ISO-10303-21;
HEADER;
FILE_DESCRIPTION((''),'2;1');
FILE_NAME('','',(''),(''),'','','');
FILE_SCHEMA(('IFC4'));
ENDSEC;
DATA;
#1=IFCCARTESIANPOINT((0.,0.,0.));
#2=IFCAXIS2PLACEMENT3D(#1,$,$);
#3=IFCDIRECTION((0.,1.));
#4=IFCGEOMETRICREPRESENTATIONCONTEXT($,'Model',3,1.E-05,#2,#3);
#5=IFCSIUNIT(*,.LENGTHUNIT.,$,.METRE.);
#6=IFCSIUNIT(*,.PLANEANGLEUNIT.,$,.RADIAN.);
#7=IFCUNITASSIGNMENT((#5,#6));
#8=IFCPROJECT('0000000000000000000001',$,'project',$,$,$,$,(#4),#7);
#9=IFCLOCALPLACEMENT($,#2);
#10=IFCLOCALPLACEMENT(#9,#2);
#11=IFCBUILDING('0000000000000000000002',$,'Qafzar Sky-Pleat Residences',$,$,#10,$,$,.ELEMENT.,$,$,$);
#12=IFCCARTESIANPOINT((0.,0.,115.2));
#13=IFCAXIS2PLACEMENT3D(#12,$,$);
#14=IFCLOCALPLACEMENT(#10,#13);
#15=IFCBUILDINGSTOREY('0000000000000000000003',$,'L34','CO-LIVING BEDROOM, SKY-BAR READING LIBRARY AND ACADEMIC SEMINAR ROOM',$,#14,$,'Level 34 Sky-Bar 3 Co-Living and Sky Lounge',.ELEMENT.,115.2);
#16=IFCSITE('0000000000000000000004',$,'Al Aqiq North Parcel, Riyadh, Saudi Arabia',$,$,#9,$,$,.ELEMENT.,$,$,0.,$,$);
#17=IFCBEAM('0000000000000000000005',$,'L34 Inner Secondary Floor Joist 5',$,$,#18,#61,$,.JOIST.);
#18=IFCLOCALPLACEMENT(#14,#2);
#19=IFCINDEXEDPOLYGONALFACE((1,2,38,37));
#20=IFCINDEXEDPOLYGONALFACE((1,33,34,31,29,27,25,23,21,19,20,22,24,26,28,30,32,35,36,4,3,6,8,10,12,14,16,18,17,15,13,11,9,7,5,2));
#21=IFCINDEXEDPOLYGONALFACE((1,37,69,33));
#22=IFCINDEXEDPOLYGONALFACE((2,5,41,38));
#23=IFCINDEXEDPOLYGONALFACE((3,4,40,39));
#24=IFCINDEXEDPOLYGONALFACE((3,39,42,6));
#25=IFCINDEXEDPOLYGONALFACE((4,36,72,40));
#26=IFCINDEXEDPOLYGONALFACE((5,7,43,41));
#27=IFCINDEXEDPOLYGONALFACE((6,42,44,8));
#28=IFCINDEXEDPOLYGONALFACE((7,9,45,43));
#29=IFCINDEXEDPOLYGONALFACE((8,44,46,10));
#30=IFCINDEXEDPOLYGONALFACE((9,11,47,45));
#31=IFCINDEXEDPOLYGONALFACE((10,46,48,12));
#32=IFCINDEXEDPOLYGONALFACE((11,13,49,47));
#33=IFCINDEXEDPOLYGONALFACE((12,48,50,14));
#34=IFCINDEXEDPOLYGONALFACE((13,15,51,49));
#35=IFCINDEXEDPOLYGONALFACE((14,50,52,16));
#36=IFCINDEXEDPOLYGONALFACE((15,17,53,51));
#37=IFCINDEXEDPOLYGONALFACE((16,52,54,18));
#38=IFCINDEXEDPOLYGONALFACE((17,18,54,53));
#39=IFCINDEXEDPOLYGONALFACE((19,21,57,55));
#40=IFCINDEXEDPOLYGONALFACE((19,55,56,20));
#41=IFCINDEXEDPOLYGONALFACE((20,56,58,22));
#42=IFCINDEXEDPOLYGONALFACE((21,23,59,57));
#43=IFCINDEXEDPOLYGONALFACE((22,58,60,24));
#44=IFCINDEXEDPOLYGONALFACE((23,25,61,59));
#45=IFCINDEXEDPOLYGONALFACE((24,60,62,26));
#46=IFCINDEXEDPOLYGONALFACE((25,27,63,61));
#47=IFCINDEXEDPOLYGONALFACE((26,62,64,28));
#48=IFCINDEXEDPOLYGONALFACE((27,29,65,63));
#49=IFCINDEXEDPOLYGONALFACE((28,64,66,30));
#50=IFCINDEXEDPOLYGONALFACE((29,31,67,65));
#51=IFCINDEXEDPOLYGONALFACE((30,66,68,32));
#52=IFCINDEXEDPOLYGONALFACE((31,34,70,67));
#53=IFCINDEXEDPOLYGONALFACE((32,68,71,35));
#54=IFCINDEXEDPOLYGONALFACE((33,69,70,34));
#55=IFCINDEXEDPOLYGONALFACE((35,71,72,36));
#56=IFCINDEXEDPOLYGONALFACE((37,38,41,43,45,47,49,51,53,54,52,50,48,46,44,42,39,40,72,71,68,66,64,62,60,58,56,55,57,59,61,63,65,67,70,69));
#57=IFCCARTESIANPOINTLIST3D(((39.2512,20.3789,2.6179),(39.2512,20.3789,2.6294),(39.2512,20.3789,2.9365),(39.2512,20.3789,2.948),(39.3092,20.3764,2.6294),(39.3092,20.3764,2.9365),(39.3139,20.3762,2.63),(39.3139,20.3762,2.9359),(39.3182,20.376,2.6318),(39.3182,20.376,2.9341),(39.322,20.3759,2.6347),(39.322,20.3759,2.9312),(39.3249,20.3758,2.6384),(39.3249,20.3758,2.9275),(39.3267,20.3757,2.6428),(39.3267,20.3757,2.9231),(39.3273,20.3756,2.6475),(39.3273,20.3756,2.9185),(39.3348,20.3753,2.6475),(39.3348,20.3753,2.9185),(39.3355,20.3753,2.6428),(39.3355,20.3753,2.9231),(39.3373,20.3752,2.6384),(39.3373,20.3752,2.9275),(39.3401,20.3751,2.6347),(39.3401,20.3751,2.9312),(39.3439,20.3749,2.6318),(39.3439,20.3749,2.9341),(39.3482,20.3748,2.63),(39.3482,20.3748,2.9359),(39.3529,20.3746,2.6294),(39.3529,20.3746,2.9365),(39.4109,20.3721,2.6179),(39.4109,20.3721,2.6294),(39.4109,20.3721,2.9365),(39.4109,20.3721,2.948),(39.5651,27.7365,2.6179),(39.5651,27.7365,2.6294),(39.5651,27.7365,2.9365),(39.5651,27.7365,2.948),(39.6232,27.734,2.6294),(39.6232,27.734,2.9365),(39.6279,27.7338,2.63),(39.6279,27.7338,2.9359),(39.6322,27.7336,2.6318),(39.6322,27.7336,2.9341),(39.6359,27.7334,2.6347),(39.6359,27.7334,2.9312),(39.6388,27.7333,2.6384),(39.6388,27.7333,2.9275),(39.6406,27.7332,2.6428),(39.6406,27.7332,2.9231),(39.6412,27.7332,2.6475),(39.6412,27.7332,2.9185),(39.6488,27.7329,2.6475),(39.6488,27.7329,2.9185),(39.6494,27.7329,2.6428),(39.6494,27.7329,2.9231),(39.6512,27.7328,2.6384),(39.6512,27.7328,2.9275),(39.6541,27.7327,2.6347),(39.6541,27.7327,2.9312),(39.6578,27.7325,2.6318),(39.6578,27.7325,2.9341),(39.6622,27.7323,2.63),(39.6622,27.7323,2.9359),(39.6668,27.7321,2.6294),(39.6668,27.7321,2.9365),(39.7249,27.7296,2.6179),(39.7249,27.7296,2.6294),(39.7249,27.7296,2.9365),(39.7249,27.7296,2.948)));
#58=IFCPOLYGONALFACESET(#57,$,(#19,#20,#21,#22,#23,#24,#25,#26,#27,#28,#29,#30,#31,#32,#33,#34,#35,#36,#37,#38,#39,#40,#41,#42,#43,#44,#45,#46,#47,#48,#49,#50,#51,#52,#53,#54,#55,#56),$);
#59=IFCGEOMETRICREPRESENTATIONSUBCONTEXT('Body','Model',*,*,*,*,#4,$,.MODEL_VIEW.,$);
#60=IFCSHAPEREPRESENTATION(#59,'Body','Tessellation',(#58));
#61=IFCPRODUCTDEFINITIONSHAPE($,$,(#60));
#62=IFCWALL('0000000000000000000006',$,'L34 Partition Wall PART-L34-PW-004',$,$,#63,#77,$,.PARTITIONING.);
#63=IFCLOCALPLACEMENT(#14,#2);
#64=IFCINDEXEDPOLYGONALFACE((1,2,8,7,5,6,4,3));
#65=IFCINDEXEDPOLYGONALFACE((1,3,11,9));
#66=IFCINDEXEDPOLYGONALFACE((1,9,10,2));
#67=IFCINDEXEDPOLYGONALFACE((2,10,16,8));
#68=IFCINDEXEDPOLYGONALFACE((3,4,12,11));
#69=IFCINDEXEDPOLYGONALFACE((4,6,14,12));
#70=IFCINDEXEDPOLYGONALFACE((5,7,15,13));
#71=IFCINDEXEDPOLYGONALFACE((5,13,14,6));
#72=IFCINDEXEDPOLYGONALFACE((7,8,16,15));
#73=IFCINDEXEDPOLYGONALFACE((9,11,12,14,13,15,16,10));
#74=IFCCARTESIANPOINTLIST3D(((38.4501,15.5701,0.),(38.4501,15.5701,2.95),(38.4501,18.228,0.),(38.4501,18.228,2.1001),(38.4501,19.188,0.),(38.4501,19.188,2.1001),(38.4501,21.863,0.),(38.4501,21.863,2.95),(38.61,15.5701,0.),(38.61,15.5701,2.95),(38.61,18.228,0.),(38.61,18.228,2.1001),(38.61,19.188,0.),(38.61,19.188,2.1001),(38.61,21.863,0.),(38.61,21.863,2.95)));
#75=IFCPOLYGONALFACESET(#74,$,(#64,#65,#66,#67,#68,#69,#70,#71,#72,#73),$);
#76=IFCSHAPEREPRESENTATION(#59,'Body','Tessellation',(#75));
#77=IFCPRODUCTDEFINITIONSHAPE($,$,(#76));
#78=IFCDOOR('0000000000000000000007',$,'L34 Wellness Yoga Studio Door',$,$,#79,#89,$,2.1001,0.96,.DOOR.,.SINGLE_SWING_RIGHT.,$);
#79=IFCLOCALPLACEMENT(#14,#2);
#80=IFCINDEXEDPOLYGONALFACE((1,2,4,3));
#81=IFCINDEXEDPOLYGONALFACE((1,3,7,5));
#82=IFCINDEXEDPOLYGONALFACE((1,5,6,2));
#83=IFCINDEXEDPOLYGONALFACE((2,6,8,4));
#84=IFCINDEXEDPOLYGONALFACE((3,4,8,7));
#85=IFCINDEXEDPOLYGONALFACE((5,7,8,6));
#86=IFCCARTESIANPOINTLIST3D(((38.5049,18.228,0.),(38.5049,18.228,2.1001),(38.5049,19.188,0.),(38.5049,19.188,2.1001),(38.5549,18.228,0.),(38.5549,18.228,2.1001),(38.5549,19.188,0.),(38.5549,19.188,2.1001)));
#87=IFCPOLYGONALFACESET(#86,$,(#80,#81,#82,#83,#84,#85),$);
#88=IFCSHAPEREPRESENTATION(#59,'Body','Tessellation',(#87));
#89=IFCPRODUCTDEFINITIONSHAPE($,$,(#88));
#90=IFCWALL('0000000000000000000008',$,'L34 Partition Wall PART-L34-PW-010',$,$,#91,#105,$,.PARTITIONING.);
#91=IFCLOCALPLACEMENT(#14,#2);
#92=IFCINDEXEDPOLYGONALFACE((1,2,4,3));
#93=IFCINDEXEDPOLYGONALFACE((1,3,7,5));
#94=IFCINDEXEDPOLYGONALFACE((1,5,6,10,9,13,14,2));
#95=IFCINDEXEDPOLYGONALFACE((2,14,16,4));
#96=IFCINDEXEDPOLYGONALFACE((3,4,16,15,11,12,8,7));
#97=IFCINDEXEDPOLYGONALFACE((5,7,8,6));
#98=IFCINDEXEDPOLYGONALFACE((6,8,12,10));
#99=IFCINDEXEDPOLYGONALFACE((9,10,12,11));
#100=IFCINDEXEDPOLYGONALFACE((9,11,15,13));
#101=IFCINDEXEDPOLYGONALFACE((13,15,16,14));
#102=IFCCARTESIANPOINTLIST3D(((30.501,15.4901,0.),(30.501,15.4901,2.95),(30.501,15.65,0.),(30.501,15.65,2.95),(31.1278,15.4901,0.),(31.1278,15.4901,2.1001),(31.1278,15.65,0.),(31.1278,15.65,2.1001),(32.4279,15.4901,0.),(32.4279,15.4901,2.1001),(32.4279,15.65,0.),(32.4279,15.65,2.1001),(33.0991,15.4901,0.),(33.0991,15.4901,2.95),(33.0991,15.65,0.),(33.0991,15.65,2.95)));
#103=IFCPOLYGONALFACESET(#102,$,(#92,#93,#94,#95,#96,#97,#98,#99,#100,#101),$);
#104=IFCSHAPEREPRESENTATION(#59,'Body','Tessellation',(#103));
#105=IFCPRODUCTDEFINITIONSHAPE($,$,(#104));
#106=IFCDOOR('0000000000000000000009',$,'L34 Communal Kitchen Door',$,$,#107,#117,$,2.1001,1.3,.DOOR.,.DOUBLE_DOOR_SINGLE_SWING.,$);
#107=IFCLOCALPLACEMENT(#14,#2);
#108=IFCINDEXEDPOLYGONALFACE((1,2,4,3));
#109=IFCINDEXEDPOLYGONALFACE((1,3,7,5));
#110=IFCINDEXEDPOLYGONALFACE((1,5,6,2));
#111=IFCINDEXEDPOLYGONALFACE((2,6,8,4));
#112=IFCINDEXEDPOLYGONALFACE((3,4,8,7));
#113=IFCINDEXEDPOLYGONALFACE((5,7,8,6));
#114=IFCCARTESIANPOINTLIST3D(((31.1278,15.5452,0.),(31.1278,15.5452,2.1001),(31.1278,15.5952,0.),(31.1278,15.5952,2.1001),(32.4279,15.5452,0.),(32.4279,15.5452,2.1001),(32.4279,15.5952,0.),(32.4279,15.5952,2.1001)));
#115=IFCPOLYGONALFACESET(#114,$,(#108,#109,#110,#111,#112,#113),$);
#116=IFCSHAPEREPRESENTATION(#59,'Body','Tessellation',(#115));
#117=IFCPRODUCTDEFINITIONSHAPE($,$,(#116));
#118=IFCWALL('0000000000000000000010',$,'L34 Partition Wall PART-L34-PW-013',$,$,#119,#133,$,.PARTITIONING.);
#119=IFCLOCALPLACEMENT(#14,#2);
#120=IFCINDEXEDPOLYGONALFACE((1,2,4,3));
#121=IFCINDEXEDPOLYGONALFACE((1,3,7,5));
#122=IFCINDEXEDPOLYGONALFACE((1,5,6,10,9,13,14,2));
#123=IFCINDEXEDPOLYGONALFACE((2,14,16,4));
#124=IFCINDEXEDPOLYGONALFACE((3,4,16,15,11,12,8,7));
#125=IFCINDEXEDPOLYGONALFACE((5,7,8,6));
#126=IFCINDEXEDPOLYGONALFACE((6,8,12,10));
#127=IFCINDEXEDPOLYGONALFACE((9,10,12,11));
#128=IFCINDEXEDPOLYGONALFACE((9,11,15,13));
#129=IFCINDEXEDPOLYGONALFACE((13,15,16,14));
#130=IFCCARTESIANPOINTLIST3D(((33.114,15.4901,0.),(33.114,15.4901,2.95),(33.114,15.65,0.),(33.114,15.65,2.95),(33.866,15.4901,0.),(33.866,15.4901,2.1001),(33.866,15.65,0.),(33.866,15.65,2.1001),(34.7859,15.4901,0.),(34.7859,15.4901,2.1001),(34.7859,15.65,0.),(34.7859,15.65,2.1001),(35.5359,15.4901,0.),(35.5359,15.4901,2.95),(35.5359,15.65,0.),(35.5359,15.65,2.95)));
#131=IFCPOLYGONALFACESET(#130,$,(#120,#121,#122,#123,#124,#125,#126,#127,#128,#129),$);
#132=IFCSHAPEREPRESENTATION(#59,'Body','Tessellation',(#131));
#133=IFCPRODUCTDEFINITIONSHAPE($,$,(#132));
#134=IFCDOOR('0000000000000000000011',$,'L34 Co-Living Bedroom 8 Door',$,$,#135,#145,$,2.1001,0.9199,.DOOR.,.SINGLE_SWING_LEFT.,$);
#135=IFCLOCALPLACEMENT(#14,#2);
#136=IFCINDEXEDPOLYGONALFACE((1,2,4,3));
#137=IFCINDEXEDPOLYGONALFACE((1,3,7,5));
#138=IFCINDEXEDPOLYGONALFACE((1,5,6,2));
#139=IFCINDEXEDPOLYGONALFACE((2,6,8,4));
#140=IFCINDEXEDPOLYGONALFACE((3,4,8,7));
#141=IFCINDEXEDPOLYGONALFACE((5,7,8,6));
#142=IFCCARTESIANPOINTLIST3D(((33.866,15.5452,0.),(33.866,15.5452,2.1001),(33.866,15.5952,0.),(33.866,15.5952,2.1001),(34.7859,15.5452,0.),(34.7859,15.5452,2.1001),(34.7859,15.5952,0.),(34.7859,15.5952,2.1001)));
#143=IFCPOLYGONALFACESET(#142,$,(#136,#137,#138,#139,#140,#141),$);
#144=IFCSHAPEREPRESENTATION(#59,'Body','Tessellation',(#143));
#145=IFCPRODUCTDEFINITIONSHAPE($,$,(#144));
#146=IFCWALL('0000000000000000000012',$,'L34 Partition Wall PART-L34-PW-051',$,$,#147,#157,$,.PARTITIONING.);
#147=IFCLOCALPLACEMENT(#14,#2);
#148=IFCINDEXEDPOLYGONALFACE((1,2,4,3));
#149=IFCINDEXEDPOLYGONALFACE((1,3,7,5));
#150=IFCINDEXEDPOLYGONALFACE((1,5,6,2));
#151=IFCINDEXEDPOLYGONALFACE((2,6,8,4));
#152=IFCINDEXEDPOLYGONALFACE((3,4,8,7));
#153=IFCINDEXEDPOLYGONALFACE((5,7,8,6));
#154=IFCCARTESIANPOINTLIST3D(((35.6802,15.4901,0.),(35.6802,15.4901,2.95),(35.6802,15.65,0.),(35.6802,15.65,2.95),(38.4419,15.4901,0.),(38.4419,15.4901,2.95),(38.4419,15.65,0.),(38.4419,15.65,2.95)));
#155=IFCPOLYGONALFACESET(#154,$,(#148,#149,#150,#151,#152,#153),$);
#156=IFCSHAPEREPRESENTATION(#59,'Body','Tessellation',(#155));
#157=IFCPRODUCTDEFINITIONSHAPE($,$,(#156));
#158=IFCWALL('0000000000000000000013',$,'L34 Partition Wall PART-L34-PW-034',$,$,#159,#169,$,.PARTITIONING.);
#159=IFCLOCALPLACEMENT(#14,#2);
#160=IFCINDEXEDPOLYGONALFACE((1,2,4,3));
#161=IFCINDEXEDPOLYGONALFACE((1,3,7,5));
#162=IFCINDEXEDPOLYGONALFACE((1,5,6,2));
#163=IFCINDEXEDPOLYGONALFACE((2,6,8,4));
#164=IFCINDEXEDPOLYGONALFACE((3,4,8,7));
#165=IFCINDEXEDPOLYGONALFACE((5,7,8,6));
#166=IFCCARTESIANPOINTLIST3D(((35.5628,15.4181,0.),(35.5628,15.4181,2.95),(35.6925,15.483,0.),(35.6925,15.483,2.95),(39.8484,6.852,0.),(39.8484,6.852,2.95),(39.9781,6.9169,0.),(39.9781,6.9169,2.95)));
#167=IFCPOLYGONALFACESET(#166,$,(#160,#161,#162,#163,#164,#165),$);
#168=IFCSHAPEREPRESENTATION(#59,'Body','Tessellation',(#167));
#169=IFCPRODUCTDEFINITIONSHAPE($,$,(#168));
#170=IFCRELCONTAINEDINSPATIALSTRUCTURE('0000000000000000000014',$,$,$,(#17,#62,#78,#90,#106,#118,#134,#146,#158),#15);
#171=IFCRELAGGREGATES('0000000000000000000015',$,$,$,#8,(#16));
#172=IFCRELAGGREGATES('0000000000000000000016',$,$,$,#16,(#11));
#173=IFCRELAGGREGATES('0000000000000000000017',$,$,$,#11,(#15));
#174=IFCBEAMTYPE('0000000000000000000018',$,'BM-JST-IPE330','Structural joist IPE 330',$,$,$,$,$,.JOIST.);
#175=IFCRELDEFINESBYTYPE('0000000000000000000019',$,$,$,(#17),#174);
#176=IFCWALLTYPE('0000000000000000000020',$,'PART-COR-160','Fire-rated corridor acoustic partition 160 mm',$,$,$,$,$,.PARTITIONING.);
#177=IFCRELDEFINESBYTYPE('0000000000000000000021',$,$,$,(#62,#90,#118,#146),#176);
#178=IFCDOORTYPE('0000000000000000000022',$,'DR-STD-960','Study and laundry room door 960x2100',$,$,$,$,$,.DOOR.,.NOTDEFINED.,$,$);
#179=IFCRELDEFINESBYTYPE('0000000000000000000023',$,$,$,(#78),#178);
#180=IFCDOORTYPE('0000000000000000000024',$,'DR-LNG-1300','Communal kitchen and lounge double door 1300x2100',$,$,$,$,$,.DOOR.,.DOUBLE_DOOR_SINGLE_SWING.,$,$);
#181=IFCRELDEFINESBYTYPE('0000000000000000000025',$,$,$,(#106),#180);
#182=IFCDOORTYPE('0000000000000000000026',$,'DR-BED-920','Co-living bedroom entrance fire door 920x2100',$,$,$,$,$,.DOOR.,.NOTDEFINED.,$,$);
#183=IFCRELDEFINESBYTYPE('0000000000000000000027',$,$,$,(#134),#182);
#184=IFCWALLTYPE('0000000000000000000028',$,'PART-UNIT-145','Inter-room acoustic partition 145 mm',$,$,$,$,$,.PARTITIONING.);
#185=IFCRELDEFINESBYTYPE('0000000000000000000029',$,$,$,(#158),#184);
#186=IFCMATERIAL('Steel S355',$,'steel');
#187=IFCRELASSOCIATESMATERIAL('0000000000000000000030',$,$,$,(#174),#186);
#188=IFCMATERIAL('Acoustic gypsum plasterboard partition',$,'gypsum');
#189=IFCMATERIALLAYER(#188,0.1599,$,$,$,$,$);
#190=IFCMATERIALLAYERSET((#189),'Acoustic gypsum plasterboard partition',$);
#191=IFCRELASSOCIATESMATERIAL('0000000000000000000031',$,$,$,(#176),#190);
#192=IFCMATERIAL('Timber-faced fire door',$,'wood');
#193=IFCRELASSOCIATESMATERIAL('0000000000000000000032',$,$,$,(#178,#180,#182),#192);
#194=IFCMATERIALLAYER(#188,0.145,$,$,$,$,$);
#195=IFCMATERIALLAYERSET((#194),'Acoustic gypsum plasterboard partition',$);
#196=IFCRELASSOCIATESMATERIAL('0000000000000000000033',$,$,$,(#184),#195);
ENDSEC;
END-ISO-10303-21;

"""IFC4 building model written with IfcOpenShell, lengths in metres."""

from ifc_helpers import new_model, si_unit, direction, frame, frame_2d, origin, origin_2d, place, context, subcontext, project, spatial, rectangle, i_section, extrude, source, transform, mapped, material, layer, layer_set, material_profile, profile_set, type_object, element, fill, save


model = new_model("IFC4")

# Units and contexts
model_context = context("Model", 3, precision=1e-05, world=origin(), true_north=direction((0.0, 1.0)))
body_context = subcontext(model_context, "Body", "Model", "MODEL_VIEW")
ifc_project = project(units=[si_unit("LENGTHUNIT", "METRE"), si_unit("PLANEANGLEUNIT", "RADIAN")], contexts=[model_context])

# Site, building, storey
site_placement = place(None, origin())
site = spatial("IfcSite", under=ifc_project, at=site_placement, Name="Al Aqiq North Parcel, Riyadh, Saudi Arabia", CompositionType="ELEMENT", RefElevation=0.0)
building_placement = place(site_placement, origin())
building = spatial("IfcBuilding", under=site, at=building_placement, Name="Qafzar Sky-Pleat Residences", CompositionType="ELEMENT")
storey_placement = place(building_placement, frame((0.0, 0.0, 115.2)))
storey = spatial("IfcBuildingStorey", under=building, at=storey_placement, Name="L34", Description="CO-LIVING BEDROOM, SKY-BAR READING LIBRARY AND ACADEMIC SEMINAR ROOM", LongName="Level 34 Sky-Bar 3 Co-Living and Sky Lounge", CompositionType="ELEMENT", Elevation=115.2)

# Beam
ifc_material_1 = material(Name="Steel S355", Category="steel")
ifc_material_profile = material_profile(ifc_material_1, i_section(OverallWidth=0.1599, OverallDepth=0.3301, WebThickness=0.0076, FlangeThickness=0.0115, FilletRadius=0.0181, at=origin_2d()), Name="IPE 330")
ifc_profile_set = profile_set([ifc_material_profile], Name="Steel S355")
beam_type = type_object("IfcBeamType", Name="BM-JST-IPE330", Description="Structural joist IPE 330", PredefinedType="JOIST", material=ifc_profile_set)
shared_shape_1 = source(origin(), body_context, "Body", "SweptSolid", [
    extrude(i_section(OverallWidth=0.1599, OverallDepth=0.3301, WebThickness=0.0076, FlangeThickness=0.0115, FilletRadius=0.0181, at=origin_2d()), origin(), (0.0, 0.0, 1.0), 7.3643),
])
beam_placement = place(storey_placement, frame((39.3311, 20.3755, 2.783), z_axis=(0.042633, 0.999091, 0.0), x_axis=(-0.999091, 0.042633, 0.0)))
element("IfcBeam", 1, at=beam_placement, inside=storey, type_object=beam_type, Name="L34 Inner Secondary Floor Joist 5", PredefinedType="JOIST", context=body_context, shape_type="MappedRepresentation", body=[
    mapped(shared_shape_1, transform((0.0, 0.0, 0.0), x_axis=(1.0, 0.0, 0.0), y_axis=(0.0, 1.0, 0.0), z_axis=(0.0, 0.0, 1.0), scale=1.0)),
])

# Walls, openings, doors
ifc_material_2 = material(Name="Acoustic gypsum plasterboard partition", Category="gypsum")
ifc_layer_1 = layer(ifc_material_2, 0.1599)
ifc_layer_set_1 = layer_set([ifc_layer_1], Name="Acoustic gypsum plasterboard partition")
wall_type_1 = type_object("IfcWallType", Name="PART-COR-160", Description="Fire-rated corridor acoustic partition 160 mm", PredefinedType="PARTITIONING", material=ifc_layer_set_1)
wall_1_placement = place(storey_placement, frame((38.53, 21.863, 0.0), z_axis=(0.0, 0.0, 1.0), x_axis=(0.0, -1.0, 0.0)))
wall_1 = element("IfcWall", 2, at=wall_1_placement, inside=storey, type_object=wall_type_1, Name="L34 Partition Wall PART-L34-PW-004", PredefinedType="PARTITIONING", context=body_context, shape_type="SweptSolid", body=[
    extrude(rectangle(XDim=6.293, YDim=0.1599, at=frame_2d((3.1465, 0.0))), origin(), (0.0, 0.0, 1.0), 2.95),
])
opening_1_placement = place(wall_1_placement, frame((2.675, 0.0, 0.0)))
opening_1 = element("IfcOpeningElement", 3, at=opening_1_placement, cuts=wall_1, PredefinedType="OPENING", context=body_context, shape_type="SweptSolid", body=[
    extrude(rectangle(XDim=0.96, YDim=2.1001, at=frame_2d((0.48, 1.05))), frame((0.0, 0.0898, 0.0), z_axis=(0.0, -1.0, 0.0), x_axis=(1.0, 0.0, 0.0)), (0.0, 0.0, 1.0), 0.1799),
])
ifc_material_3 = material(Name="Timber-faced fire door", Category="wood")
door_type_1 = type_object("IfcDoorType", Name="DR-STD-960", Description="Study and laundry room door 960x2100", OperationType="NOTDEFINED", PredefinedType="DOOR", material=ifc_material_3)
shared_shape_2 = source(origin(), body_context, "Body", "SweptSolid", [
    extrude(rectangle(XDim=0.96, YDim=2.1001, at=frame_2d((0.48, 1.05))), frame((0.0, 0.0249, 0.0), z_axis=(0.0, -1.0, 0.0), x_axis=(1.0, 0.0, 0.0)), (0.0, 0.0, 1.0), 0.05),
])
door_1_placement = place(opening_1_placement, origin())
door_1 = element("IfcDoor", 4, at=door_1_placement, inside=storey, type_object=door_type_1, Name="L34 Wellness Yoga Studio Door", OperationType="SINGLE_SWING_RIGHT", OverallHeight=2.1001, OverallWidth=0.96, PredefinedType="DOOR", context=body_context, shape_type="MappedRepresentation", body=[
    mapped(shared_shape_2, transform((0.0, 0.0, 0.0), x_axis=(1.0, 0.0, 0.0), y_axis=(0.0, 1.0, 0.0), z_axis=(0.0, 0.0, 1.0), scale=1.0)),
])
fill(opening_1, door_1)
wall_2_placement = place(storey_placement, frame((33.0991, 15.5701, 0.0), z_axis=(0.0, 0.0, 1.0), x_axis=(-1.0, 0.0, 0.0)))
wall_2 = element("IfcWall", 5, at=wall_2_placement, inside=storey, type_object=wall_type_1, Name="L34 Partition Wall PART-L34-PW-010", PredefinedType="PARTITIONING", context=body_context, shape_type="SweptSolid", body=[
    extrude(rectangle(XDim=2.5981, YDim=0.1599, at=frame_2d((1.2991, 0.0))), origin(), (0.0, 0.0, 1.0), 2.95),
])
opening_2_placement = place(wall_2_placement, frame((0.6714, 0.0, 0.0)))
opening_2 = element("IfcOpeningElement", 6, at=opening_2_placement, cuts=wall_2, PredefinedType="OPENING", context=body_context, shape_type="SweptSolid", body=[
    extrude(rectangle(XDim=1.3, YDim=2.1001, at=frame_2d((0.6499, 1.05))), frame((0.0, 0.0898, 0.0), z_axis=(0.0, -1.0, 0.0), x_axis=(1.0, 0.0, 0.0)), (0.0, 0.0, 1.0), 0.1799),
])
door_type_2 = type_object("IfcDoorType", Name="DR-LNG-1300", Description="Communal kitchen and lounge double door 1300x2100", OperationType="DOUBLE_DOOR_SINGLE_SWING", PredefinedType="DOOR", material=ifc_material_3)
shared_shape_3 = source(origin(), body_context, "Body", "SweptSolid", [
    extrude(rectangle(XDim=1.3, YDim=2.1001, at=frame_2d((0.6499, 1.05))), frame((0.0, 0.0249, 0.0), z_axis=(0.0, -1.0, 0.0), x_axis=(1.0, 0.0, 0.0)), (0.0, 0.0, 1.0), 0.05),
])
door_2_placement = place(opening_2_placement, origin())
door_2 = element("IfcDoor", 7, at=door_2_placement, inside=storey, type_object=door_type_2, Name="L34 Communal Kitchen Door", OperationType="DOUBLE_DOOR_SINGLE_SWING", OverallHeight=2.1001, OverallWidth=1.3, PredefinedType="DOOR", context=body_context, shape_type="MappedRepresentation", body=[
    mapped(shared_shape_3, transform((0.0, 0.0, 0.0), x_axis=(1.0, 0.0, 0.0), y_axis=(0.0, 1.0, 0.0), z_axis=(0.0, 0.0, 1.0), scale=1.0)),
])
fill(opening_2, door_2)
wall_3_placement = place(storey_placement, frame((35.5359, 15.5701, 0.0), z_axis=(0.0, 0.0, 1.0), x_axis=(-1.0, 0.0, 0.0)))
wall_3 = element("IfcWall", 8, at=wall_3_placement, inside=storey, type_object=wall_type_1, Name="L34 Partition Wall PART-L34-PW-013", PredefinedType="PARTITIONING", context=body_context, shape_type="SweptSolid", body=[
    extrude(rectangle(XDim=2.4219, YDim=0.1599, at=frame_2d((1.2109, 0.0))), origin(), (0.0, 0.0, 1.0), 2.95),
])
opening_3_placement = place(wall_3_placement, frame((0.75, 0.0, 0.0)))
opening_3 = element("IfcOpeningElement", 9, at=opening_3_placement, cuts=wall_3, PredefinedType="OPENING", context=body_context, shape_type="SweptSolid", body=[
    extrude(rectangle(XDim=0.9199, YDim=2.1001, at=frame_2d((0.46, 1.05))), frame((0.0, 0.0898, 0.0), z_axis=(0.0, -1.0, 0.0), x_axis=(1.0, 0.0, 0.0)), (0.0, 0.0, 1.0), 0.1799),
])
door_type_3 = type_object("IfcDoorType", Name="DR-BED-920", Description="Co-living bedroom entrance fire door 920x2100", OperationType="NOTDEFINED", PredefinedType="DOOR", material=ifc_material_3)
shared_shape_4 = source(origin(), body_context, "Body", "SweptSolid", [
    extrude(rectangle(XDim=0.9199, YDim=2.1001, at=frame_2d((0.46, 1.05))), frame((0.0, 0.0249, 0.0), z_axis=(0.0, -1.0, 0.0), x_axis=(1.0, 0.0, 0.0)), (0.0, 0.0, 1.0), 0.05),
])
door_3_placement = place(opening_3_placement, origin())
door_3 = element("IfcDoor", 10, at=door_3_placement, inside=storey, type_object=door_type_3, Name="L34 Co-Living Bedroom 8 Door", OperationType="SINGLE_SWING_LEFT", OverallHeight=2.1001, OverallWidth=0.9199, PredefinedType="DOOR", context=body_context, shape_type="MappedRepresentation", body=[
    mapped(shared_shape_4, transform((0.0, 0.0, 0.0), x_axis=(1.0, 0.0, 0.0), y_axis=(0.0, 1.0, 0.0), z_axis=(0.0, 0.0, 1.0), scale=1.0)),
])
fill(opening_3, door_3)

# Walls
wall_4_placement = place(storey_placement, frame((35.6802, 15.5701, 0.0), z_axis=(0.0, 0.0, 1.0), x_axis=(1.0, 0.0, 0.0)))
element("IfcWall", 11, at=wall_4_placement, inside=storey, type_object=wall_type_1, Name="L34 Partition Wall PART-L34-PW-051", PredefinedType="PARTITIONING", context=body_context, shape_type="SweptSolid", body=[
    extrude(rectangle(XDim=2.7617, YDim=0.1599, at=frame_2d((1.3809, 0.0))), origin(), (0.0, 0.0, 1.0), 2.95),
])
ifc_layer_2 = layer(ifc_material_2, 0.145)
ifc_layer_set_2 = layer_set([ifc_layer_2], Name="Acoustic gypsum plasterboard partition")
wall_type_2 = type_object("IfcWallType", Name="PART-UNIT-145", Description="Inter-room acoustic partition 145 mm", PredefinedType="PARTITIONING", material=ifc_layer_set_2)
wall_5_placement = place(storey_placement, frame((35.6277, 15.4504, 0.0), z_axis=(0.0, 0.0, 1.0), x_axis=(0.447428, -0.89432, 0.0)))
element("IfcWall", 12, at=wall_5_placement, inside=storey, type_object=wall_type_2, Name="L34 Partition Wall PART-L34-PW-034", PredefinedType="PARTITIONING", context=body_context, shape_type="SweptSolid", body=[
    extrude(rectangle(XDim=9.5784, YDim=0.145, at=frame_2d((4.7891, 0.0))), origin(), (0.0, 0.0, 1.0), 2.95),
])

save(model, "model.ifc")
